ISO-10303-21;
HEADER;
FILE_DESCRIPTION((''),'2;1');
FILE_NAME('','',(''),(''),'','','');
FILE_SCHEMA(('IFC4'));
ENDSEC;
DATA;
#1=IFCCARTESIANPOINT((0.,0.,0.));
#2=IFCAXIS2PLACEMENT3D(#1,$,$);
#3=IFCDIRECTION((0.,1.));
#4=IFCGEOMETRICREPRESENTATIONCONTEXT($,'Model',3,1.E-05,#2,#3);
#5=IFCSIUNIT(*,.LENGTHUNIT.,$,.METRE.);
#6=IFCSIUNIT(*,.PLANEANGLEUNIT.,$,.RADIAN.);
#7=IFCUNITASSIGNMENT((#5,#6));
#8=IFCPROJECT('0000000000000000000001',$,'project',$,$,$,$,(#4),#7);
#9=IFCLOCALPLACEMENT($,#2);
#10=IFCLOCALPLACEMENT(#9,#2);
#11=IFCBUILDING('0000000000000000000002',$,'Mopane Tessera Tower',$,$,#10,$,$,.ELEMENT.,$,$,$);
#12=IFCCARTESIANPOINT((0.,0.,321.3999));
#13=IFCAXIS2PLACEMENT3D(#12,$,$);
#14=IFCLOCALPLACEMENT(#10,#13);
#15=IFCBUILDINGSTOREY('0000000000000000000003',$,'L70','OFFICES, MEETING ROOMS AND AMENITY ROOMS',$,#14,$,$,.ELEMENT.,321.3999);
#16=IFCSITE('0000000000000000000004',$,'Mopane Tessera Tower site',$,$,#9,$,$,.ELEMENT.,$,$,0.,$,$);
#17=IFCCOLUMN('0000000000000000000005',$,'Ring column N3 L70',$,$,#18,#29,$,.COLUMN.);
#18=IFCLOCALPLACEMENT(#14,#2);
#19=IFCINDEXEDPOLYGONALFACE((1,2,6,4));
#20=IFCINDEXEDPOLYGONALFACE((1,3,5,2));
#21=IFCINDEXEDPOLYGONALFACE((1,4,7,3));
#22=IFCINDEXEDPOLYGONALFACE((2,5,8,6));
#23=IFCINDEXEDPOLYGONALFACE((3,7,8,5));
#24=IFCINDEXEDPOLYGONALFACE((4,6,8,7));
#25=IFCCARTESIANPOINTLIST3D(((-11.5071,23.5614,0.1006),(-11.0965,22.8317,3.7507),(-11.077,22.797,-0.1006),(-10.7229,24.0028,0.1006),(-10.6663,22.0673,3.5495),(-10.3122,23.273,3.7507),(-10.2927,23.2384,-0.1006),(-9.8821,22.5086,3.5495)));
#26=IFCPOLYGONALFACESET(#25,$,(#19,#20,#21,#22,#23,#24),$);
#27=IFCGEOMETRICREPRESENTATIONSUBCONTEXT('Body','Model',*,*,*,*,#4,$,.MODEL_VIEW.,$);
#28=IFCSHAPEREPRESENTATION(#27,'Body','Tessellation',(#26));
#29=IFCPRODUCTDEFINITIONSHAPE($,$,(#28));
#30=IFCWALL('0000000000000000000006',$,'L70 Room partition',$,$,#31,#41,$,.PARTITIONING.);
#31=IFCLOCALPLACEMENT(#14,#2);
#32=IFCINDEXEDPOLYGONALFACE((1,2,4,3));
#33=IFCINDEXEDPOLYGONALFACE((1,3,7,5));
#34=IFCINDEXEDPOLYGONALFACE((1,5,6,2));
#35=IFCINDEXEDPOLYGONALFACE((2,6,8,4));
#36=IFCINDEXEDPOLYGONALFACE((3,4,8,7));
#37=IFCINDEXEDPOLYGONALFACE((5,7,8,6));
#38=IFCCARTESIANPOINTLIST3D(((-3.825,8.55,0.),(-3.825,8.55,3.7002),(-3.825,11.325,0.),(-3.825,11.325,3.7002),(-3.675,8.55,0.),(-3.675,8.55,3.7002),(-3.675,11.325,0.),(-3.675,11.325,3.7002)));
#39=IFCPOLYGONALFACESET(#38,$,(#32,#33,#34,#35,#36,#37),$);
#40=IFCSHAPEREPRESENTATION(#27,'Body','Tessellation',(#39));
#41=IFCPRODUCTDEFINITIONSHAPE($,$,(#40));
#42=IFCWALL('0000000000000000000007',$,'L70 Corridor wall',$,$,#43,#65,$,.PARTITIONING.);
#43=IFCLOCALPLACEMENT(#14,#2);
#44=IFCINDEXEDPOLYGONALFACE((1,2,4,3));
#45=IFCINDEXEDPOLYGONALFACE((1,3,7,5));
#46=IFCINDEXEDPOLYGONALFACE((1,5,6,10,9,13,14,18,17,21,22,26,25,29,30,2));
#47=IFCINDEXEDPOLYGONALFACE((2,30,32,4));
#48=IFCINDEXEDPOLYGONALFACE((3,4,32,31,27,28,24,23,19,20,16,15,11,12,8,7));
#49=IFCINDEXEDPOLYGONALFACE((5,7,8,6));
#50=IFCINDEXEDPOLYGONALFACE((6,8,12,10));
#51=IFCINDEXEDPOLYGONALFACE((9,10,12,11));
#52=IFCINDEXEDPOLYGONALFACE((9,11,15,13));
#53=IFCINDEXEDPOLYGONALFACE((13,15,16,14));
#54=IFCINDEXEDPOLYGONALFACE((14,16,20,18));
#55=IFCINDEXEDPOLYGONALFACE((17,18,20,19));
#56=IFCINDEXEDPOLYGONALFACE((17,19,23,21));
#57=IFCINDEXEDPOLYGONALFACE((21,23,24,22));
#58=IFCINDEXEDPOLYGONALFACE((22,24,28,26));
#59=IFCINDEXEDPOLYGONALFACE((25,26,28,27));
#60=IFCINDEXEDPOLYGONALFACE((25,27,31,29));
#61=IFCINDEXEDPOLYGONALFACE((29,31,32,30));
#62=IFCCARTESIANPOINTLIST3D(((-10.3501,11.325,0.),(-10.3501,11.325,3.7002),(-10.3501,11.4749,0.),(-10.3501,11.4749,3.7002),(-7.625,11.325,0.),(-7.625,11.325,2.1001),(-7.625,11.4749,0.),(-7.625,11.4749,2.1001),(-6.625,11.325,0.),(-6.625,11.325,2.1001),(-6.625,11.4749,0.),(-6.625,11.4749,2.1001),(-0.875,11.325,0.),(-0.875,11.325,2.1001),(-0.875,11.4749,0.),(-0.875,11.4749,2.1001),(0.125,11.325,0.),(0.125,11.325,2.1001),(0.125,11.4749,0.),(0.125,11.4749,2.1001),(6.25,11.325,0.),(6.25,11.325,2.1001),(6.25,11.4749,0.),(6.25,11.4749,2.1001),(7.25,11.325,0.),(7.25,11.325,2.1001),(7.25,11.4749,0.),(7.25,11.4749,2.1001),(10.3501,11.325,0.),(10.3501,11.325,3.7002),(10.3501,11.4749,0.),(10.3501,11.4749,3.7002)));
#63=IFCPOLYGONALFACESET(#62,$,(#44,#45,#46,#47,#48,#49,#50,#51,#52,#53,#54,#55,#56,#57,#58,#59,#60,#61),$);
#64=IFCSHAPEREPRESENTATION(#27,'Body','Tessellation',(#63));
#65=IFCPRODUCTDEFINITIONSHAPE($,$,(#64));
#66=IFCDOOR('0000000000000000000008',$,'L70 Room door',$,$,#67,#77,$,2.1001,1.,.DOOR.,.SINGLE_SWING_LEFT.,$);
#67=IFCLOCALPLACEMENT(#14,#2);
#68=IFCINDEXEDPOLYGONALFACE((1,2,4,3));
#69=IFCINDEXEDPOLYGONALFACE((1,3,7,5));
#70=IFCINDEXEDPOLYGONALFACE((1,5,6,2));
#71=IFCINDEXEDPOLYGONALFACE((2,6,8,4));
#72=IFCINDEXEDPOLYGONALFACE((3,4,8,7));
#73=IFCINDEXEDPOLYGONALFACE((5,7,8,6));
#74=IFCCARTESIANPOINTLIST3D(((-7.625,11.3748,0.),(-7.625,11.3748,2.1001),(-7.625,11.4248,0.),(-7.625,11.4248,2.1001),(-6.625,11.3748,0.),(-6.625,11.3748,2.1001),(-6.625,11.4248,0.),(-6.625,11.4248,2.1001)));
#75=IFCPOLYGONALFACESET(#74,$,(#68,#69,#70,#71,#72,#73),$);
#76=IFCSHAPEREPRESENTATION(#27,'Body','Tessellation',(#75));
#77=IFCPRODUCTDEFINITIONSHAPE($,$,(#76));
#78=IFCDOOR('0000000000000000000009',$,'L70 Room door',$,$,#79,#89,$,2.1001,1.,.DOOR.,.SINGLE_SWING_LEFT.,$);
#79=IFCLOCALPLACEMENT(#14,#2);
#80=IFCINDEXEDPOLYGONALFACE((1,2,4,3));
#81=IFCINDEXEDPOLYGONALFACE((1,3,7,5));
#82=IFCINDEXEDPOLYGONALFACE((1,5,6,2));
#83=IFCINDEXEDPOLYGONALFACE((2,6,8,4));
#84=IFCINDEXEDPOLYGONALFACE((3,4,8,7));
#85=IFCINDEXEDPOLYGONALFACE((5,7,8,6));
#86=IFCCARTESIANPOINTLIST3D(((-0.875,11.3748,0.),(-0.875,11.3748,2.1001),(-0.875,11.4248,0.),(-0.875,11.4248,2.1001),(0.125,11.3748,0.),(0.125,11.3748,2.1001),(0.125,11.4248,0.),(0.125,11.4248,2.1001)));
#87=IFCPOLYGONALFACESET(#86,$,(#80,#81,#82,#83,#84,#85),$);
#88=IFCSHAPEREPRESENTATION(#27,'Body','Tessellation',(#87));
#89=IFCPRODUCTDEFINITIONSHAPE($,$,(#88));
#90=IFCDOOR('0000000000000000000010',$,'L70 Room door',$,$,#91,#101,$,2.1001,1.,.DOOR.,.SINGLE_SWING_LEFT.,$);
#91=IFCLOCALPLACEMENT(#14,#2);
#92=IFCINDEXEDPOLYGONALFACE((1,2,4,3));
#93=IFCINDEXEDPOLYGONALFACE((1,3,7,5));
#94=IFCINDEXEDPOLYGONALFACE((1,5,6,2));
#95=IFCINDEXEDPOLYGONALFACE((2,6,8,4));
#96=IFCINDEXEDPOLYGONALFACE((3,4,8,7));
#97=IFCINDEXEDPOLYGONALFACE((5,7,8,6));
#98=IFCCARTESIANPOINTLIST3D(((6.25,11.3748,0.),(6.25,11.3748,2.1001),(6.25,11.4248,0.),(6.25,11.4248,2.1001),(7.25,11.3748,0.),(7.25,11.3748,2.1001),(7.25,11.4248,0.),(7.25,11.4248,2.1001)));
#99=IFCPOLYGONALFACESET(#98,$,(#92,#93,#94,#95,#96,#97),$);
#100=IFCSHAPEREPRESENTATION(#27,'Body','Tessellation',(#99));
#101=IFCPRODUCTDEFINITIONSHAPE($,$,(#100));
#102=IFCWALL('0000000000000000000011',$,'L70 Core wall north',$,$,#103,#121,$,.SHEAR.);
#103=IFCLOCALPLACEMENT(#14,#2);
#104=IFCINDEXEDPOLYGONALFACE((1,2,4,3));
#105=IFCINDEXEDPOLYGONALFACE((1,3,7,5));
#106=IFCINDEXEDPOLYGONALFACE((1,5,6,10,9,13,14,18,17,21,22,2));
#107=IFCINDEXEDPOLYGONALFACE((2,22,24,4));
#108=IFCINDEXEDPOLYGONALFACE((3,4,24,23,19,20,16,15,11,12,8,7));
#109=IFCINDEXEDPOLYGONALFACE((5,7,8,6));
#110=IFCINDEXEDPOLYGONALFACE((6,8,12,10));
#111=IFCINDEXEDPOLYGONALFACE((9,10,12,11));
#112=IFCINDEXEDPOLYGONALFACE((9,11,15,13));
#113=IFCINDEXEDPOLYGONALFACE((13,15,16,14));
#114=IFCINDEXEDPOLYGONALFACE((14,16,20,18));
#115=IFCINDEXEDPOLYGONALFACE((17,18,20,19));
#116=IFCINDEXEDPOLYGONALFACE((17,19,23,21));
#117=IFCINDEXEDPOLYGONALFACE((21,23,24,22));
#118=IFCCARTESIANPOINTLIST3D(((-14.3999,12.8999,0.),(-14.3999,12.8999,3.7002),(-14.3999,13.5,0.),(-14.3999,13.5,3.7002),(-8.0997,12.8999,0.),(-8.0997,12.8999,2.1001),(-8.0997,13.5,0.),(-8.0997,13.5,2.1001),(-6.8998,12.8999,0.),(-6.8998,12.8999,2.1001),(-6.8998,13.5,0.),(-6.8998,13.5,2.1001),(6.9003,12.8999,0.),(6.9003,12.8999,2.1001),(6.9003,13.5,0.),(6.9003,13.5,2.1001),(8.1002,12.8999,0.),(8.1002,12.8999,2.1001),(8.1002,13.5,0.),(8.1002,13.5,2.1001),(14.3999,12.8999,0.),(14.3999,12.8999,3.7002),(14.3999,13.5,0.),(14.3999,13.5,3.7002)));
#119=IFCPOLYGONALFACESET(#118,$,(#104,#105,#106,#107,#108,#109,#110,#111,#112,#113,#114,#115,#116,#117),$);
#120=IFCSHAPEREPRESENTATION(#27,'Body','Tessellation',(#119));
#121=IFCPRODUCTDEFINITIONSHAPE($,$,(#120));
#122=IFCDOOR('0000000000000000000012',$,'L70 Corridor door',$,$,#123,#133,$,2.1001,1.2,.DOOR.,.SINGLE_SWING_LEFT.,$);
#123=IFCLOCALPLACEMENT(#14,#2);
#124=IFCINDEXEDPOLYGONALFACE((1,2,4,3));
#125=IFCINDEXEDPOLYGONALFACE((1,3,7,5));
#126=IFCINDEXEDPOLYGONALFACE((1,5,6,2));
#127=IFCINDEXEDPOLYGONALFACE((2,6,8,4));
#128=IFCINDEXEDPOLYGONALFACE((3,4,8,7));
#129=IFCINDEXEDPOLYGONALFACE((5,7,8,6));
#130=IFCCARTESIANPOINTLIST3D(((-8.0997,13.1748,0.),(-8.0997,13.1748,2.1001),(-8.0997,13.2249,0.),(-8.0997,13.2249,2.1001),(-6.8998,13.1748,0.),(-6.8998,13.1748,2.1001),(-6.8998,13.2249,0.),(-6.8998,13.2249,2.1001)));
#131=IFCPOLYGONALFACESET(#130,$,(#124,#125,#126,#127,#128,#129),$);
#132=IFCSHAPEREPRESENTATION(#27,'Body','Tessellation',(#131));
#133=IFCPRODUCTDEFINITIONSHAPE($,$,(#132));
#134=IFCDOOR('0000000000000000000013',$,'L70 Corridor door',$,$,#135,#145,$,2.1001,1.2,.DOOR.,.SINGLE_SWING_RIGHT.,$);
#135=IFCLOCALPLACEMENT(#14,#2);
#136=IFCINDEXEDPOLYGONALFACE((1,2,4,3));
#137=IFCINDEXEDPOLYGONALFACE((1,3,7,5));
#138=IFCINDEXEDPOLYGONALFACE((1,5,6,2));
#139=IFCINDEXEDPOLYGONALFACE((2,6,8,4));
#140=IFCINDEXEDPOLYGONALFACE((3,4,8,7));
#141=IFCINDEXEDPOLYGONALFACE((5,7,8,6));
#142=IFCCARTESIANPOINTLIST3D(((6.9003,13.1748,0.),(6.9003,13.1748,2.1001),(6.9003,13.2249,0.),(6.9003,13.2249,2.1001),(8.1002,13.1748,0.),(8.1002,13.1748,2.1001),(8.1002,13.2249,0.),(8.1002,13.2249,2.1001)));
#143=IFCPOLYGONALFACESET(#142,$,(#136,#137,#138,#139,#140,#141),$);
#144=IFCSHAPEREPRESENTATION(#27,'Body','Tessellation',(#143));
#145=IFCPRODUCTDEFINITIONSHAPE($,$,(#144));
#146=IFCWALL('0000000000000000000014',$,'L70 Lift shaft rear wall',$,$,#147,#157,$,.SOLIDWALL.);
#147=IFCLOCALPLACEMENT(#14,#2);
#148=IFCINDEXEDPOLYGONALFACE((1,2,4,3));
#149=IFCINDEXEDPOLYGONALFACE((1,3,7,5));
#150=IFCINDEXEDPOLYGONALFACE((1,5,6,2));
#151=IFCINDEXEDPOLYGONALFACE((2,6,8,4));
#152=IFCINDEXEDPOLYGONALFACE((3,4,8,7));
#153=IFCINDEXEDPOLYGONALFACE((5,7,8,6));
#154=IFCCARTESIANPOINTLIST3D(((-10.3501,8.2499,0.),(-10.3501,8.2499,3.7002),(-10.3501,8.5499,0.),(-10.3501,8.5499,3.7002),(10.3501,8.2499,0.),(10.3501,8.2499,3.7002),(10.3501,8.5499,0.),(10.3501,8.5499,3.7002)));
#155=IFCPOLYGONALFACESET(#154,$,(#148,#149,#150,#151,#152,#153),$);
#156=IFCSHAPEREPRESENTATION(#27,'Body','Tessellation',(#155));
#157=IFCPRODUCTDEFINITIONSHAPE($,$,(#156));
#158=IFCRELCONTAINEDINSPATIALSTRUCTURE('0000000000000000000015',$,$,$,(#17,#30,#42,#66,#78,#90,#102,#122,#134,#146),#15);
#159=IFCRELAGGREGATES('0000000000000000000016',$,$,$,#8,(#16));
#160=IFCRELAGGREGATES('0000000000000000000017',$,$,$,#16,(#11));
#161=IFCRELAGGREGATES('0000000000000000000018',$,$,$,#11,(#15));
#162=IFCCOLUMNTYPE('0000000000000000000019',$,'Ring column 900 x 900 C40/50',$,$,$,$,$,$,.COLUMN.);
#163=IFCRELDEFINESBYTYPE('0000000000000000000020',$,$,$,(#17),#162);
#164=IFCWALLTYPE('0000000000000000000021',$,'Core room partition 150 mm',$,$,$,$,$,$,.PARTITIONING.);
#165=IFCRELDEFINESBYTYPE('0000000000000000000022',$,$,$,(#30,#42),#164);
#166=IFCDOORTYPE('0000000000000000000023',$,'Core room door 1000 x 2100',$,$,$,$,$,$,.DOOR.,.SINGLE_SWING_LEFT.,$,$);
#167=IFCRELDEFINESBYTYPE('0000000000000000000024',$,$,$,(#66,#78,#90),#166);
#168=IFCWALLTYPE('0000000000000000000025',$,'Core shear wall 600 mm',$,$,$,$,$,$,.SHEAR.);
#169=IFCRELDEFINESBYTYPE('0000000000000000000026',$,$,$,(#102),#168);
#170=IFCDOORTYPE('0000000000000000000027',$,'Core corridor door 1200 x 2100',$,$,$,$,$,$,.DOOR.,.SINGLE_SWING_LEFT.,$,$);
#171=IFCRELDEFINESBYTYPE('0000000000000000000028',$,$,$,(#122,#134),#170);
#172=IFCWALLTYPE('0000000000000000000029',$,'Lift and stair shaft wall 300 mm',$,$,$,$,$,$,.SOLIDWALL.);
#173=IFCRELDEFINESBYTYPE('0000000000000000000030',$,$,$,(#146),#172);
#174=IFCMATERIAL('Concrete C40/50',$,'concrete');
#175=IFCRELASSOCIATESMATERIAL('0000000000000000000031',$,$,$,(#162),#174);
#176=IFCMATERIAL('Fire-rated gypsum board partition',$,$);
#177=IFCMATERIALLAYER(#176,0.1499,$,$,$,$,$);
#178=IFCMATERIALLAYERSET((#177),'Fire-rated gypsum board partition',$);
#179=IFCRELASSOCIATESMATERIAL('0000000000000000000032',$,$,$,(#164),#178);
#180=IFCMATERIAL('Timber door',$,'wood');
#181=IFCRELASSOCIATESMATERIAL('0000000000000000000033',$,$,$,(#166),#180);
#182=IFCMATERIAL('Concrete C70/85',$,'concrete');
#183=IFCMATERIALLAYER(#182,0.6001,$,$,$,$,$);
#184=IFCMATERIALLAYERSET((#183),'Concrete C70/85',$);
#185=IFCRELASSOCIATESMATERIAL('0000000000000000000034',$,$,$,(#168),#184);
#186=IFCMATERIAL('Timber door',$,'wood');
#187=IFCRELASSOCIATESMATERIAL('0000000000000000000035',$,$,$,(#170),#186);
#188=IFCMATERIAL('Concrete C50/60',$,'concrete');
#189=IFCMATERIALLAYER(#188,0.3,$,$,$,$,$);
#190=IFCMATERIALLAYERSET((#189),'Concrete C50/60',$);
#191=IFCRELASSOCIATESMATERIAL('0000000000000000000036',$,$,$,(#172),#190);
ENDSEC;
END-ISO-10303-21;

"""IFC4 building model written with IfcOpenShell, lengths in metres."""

from ifc_helpers import new_model, si_unit, direction, frame, frame_2d, origin, origin_2d, place, context, subcontext, project, spatial, rectangle, extrude, material, layer, layer_set, material_profile, profile_set, type_object, element, fill, save


model = new_model("IFC4")

# Units and contexts
model_context = context("Model", 3, precision=1e-05, world=origin(), true_north=direction((0.0, 1.0)))
body_context = subcontext(model_context, "Body", "Model", "MODEL_VIEW")
ifc_project = project(units=[si_unit("LENGTHUNIT", "METRE"), si_unit("PLANEANGLEUNIT", "RADIAN")], contexts=[model_context])

# Site, building, storey
site_placement = place(None, origin())
site = spatial("IfcSite", under=ifc_project, at=site_placement, Name="Mopane Tessera Tower site", CompositionType="ELEMENT", RefElevation=0.0)
building_placement = place(site_placement, origin())
building = spatial("IfcBuilding", under=site, at=building_placement, Name="Mopane Tessera Tower", CompositionType="ELEMENT")
storey_placement = place(building_placement, frame((0.0, 0.0, 321.3999)))
storey = spatial("IfcBuildingStorey", under=building, at=storey_placement, Name="L70", Description="OFFICES, MEETING ROOMS AND AMENITY ROOMS", CompositionType="ELEMENT", Elevation=321.3999)

# Column
ifc_material_1 = material(Name="Concrete C40/50", Category="concrete")
ifc_material_profile = material_profile(ifc_material_1, rectangle(XDim=0.8999, YDim=0.8999, at=origin_2d()))
ifc_profile_set = profile_set([ifc_material_profile], Name="Concrete C40/50")
column_type = type_object("IfcColumnType", Name="Ring column 900 x 900 C40/50", PredefinedType="COLUMN", material=ifc_profile_set)
column_placement = place(storey_placement, frame((-10.8999, 23.3999, 0.0), z_axis=(0.109653, -0.194858, 0.974683), x_axis=(0.87149, 0.490414, 0.0)))
element("IfcColumn", 1, at=column_placement, inside=storey, type_object=column_type, Name="Ring column N3 L70", PredefinedType="COLUMN", context=body_context, shape_type="SweptSolid", body=[
    extrude(rectangle(XDim=0.8999, YDim=0.8999, at=origin_2d()), origin(), (0.0, 0.0, 1.0), 3.7449),
])

# Wall
ifc_material_2 = material(Name="Fire-rated gypsum board partition")
ifc_layer_1 = layer(ifc_material_2, 0.1499)
ifc_layer_set_1 = layer_set([ifc_layer_1], Name="Fire-rated gypsum board partition")
wall_type_1 = type_object("IfcWallType", Name="Core room partition 150 mm", PredefinedType="PARTITIONING", material=ifc_layer_set_1)
wall_1_placement = place(storey_placement, frame((-3.75, 8.55, 0.0), z_axis=(0.0, 0.0, 1.0), x_axis=(0.0, 1.0, 0.0)))
element("IfcWall", 2, at=wall_1_placement, inside=storey, type_object=wall_type_1, Name="L70 Room partition", PredefinedType="PARTITIONING", context=body_context, shape_type="SweptSolid", body=[
    extrude(rectangle(XDim=2.7749, YDim=0.1499, at=frame_2d((1.3875, 0.0))), origin(), (0.0, 0.0, 1.0), 3.7002),
])

# Walls, openings, doors
wall_2_placement = place(storey_placement, frame((-10.3501, 11.3999, 0.0), z_axis=(0.0, 0.0, 1.0), x_axis=(1.0, 0.0, 0.0)))
wall_2 = element("IfcWall", 3, at=wall_2_placement, inside=storey, type_object=wall_type_1, Name="L70 Corridor wall", PredefinedType="PARTITIONING", context=body_context, shape_type="SweptSolid", body=[
    extrude(rectangle(XDim=20.7002, YDim=0.1499, at=frame_2d((10.3501, 0.0))), origin(), (0.0, 0.0, 1.0), 3.7002),
])
opening_1_placement = place(wall_2_placement, frame((2.7251, 0.0, 0.0)))
opening_1 = element("IfcOpeningElement", 4, at=opening_1_placement, cuts=wall_2, PredefinedType="OPENING", context=body_context, shape_type="SweptSolid", body=[
    extrude(rectangle(XDim=1.0, YDim=2.1001, at=frame_2d((0.5, 1.05))), frame((0.0, 0.0869, 0.0), z_axis=(0.0, -1.0, 0.0), x_axis=(1.0, 0.0, 0.0)), (0.0, 0.0, 1.0), 0.1738),
])
opening_2_placement = place(wall_2_placement, frame((9.4751, 0.0, 0.0)))
opening_2 = element("IfcOpeningElement", 5, at=opening_2_placement, cuts=wall_2, PredefinedType="OPENING", context=body_context, shape_type="SweptSolid", body=[
    extrude(rectangle(XDim=1.0, YDim=2.1001, at=frame_2d((0.5, 1.05))), frame((0.0, 0.0869, 0.0), z_axis=(0.0, -1.0, 0.0), x_axis=(1.0, 0.0, 0.0)), (0.0, 0.0, 1.0), 0.1738),
])
opening_3_placement = place(wall_2_placement, frame((16.6001, 0.0, 0.0)))
opening_3 = element("IfcOpeningElement", 6, at=opening_3_placement, cuts=wall_2, PredefinedType="OPENING", context=body_context, shape_type="SweptSolid", body=[
    extrude(rectangle(XDim=1.0, YDim=2.1001, at=frame_2d((0.5, 1.05))), frame((0.0, 0.0869, 0.0), z_axis=(0.0, -1.0, 0.0), x_axis=(1.0, 0.0, 0.0)), (0.0, 0.0, 1.0), 0.1738),
])
ifc_material_3 = material(Name="Timber door", Category="wood")
door_type_1 = type_object("IfcDoorType", Name="Core room door 1000 x 2100", OperationType="SINGLE_SWING_LEFT", PredefinedType="DOOR", material=ifc_material_3)
door_1_placement = place(opening_1_placement, origin())
door_1 = element("IfcDoor", 7, at=door_1_placement, inside=storey, type_object=door_type_1, Name="L70 Room door", OperationType="SINGLE_SWING_LEFT", OverallHeight=2.1001, OverallWidth=1.0, PredefinedType="DOOR", context=body_context, shape_type="SweptSolid", body=[
    extrude(rectangle(XDim=1.0, YDim=2.1001, at=frame_2d((0.5, 1.05))), frame((0.0, 0.0249, 0.0), z_axis=(0.0, -1.0, 0.0), x_axis=(1.0, 0.0, 0.0)), (0.0, 0.0, 1.0), 0.05),
])
fill(opening_1, door_1)
door_2_placement = place(opening_2_placement, origin())
door_2 = element("IfcDoor", 8, at=door_2_placement, inside=storey, type_object=door_type_1, Name="L70 Room door", OperationType="SINGLE_SWING_LEFT", OverallHeight=2.1001, OverallWidth=1.0, PredefinedType="DOOR", context=body_context, shape_type="SweptSolid", body=[
    extrude(rectangle(XDim=1.0, YDim=2.1001, at=frame_2d((0.5, 1.05))), frame((0.0, 0.0249, 0.0), z_axis=(0.0, -1.0, 0.0), x_axis=(1.0, 0.0, 0.0)), (0.0, 0.0, 1.0), 0.05),
])
fill(opening_2, door_2)
door_3_placement = place(opening_3_placement, origin())
door_3 = element("IfcDoor", 9, at=door_3_placement, inside=storey, type_object=door_type_1, Name="L70 Room door", OperationType="SINGLE_SWING_LEFT", OverallHeight=2.1001, OverallWidth=1.0, PredefinedType="DOOR", context=body_context, shape_type="SweptSolid", body=[
    extrude(rectangle(XDim=1.0, YDim=2.1001, at=frame_2d((0.5, 1.05))), frame((0.0, 0.0249, 0.0), z_axis=(0.0, -1.0, 0.0), x_axis=(1.0, 0.0, 0.0)), (0.0, 0.0, 1.0), 0.05),
])
fill(opening_3, door_3)
ifc_material_4 = material(Name="Concrete C70/85", Category="concrete")
ifc_layer_2 = layer(ifc_material_4, 0.6001)
ifc_layer_set_2 = layer_set([ifc_layer_2], Name="Concrete C70/85")
wall_type_2 = type_object("IfcWallType", Name="Core shear wall 600 mm", PredefinedType="SHEAR", material=ifc_layer_set_2)
wall_3_placement = place(storey_placement, frame((-14.3999, 13.2, 0.0), z_axis=(0.0, 0.0, 1.0), x_axis=(1.0, 0.0, 0.0)))
wall_3 = element("IfcWall", 10, at=wall_3_placement, inside=storey, type_object=wall_type_2, Name="L70 Core wall north", PredefinedType="SHEAR", context=body_context, shape_type="SweptSolid", body=[
    extrude(rectangle(XDim=28.7998, YDim=0.6001, at=frame_2d((14.3999, 0.0))), origin(), (0.0, 0.0, 1.0), 3.7002),
])
opening_4_placement = place(wall_3_placement, frame((6.3, 0.0, 0.0)))
opening_4 = element("IfcOpeningElement", 11, at=opening_4_placement, cuts=wall_3, PredefinedType="OPENING", context=body_context, shape_type="SweptSolid", body=[
    extrude(rectangle(XDim=1.2, YDim=2.1001, at=frame_2d((0.6001, 1.05))), frame((0.0, 0.312, 0.0), z_axis=(0.0, -1.0, 0.0), x_axis=(1.0, 0.0, 0.0)), (0.0, 0.0, 1.0), 0.624),
])
opening_5_placement = place(wall_3_placement, frame((21.3, 0.0, 0.0)))
opening_5 = element("IfcOpeningElement", 12, at=opening_5_placement, cuts=wall_3, PredefinedType="OPENING", context=body_context, shape_type="SweptSolid", body=[
    extrude(rectangle(XDim=1.2, YDim=2.1001, at=frame_2d((0.6001, 1.05))), frame((0.0, 0.312, 0.0), z_axis=(0.0, -1.0, 0.0), x_axis=(1.0, 0.0, 0.0)), (0.0, 0.0, 1.0), 0.624),
])
ifc_material_5 = material(Name="Timber door", Category="wood")
door_type_2 = type_object("IfcDoorType", Name="Core corridor door 1200 x 2100", OperationType="SINGLE_SWING_LEFT", PredefinedType="DOOR", material=ifc_material_5)
door_4_placement = place(opening_4_placement, origin())
door_4 = element("IfcDoor", 13, at=door_4_placement, inside=storey, type_object=door_type_2, Name="L70 Corridor door", OperationType="SINGLE_SWING_LEFT", OverallHeight=2.1001, OverallWidth=1.2, PredefinedType="DOOR", context=body_context, shape_type="SweptSolid", body=[
    extrude(rectangle(XDim=1.2, YDim=2.1001, at=frame_2d((0.6001, 1.05))), frame((0.0, 0.0249, 0.0), z_axis=(0.0, -1.0, 0.0), x_axis=(1.0, 0.0, 0.0)), (0.0, 0.0, 1.0), 0.05),
])
fill(opening_4, door_4)
door_5_placement = place(opening_5_placement, origin())
door_5 = element("IfcDoor", 14, at=door_5_placement, inside=storey, type_object=door_type_2, Name="L70 Corridor door", OperationType="SINGLE_SWING_RIGHT", OverallHeight=2.1001, OverallWidth=1.2, PredefinedType="DOOR", context=body_context, shape_type="SweptSolid", body=[
    extrude(rectangle(XDim=1.2, YDim=2.1001, at=frame_2d((0.6001, 1.05))), frame((0.0, 0.0249, 0.0), z_axis=(0.0, -1.0, 0.0), x_axis=(1.0, 0.0, 0.0)), (0.0, 0.0, 1.0), 0.05),
])
fill(opening_5, door_5)

# Wall
ifc_material_6 = material(Name="Concrete C50/60", Category="concrete")
ifc_layer_3 = layer(ifc_material_6, 0.3)
ifc_layer_set_3 = layer_set([ifc_layer_3], Name="Concrete C50/60")
wall_type_3 = type_object("IfcWallType", Name="Lift and stair shaft wall 300 mm", PredefinedType="SOLIDWALL", material=ifc_layer_set_3)
wall_4_placement = place(storey_placement, frame((-10.3501, 8.3999, 0.0), z_axis=(0.0, 0.0, 1.0), x_axis=(1.0, 0.0, 0.0)))
element("IfcWall", 15, at=wall_4_placement, inside=storey, type_object=wall_type_3, Name="L70 Lift shaft rear wall", PredefinedType="SOLIDWALL", context=body_context, shape_type="SweptSolid", body=[
    extrude(rectangle(XDim=20.7002, YDim=0.3, at=frame_2d((10.3501, 0.0))), origin(), (0.0, 0.0, 1.0), 3.7002),
])

save(model, "model.ifc")
